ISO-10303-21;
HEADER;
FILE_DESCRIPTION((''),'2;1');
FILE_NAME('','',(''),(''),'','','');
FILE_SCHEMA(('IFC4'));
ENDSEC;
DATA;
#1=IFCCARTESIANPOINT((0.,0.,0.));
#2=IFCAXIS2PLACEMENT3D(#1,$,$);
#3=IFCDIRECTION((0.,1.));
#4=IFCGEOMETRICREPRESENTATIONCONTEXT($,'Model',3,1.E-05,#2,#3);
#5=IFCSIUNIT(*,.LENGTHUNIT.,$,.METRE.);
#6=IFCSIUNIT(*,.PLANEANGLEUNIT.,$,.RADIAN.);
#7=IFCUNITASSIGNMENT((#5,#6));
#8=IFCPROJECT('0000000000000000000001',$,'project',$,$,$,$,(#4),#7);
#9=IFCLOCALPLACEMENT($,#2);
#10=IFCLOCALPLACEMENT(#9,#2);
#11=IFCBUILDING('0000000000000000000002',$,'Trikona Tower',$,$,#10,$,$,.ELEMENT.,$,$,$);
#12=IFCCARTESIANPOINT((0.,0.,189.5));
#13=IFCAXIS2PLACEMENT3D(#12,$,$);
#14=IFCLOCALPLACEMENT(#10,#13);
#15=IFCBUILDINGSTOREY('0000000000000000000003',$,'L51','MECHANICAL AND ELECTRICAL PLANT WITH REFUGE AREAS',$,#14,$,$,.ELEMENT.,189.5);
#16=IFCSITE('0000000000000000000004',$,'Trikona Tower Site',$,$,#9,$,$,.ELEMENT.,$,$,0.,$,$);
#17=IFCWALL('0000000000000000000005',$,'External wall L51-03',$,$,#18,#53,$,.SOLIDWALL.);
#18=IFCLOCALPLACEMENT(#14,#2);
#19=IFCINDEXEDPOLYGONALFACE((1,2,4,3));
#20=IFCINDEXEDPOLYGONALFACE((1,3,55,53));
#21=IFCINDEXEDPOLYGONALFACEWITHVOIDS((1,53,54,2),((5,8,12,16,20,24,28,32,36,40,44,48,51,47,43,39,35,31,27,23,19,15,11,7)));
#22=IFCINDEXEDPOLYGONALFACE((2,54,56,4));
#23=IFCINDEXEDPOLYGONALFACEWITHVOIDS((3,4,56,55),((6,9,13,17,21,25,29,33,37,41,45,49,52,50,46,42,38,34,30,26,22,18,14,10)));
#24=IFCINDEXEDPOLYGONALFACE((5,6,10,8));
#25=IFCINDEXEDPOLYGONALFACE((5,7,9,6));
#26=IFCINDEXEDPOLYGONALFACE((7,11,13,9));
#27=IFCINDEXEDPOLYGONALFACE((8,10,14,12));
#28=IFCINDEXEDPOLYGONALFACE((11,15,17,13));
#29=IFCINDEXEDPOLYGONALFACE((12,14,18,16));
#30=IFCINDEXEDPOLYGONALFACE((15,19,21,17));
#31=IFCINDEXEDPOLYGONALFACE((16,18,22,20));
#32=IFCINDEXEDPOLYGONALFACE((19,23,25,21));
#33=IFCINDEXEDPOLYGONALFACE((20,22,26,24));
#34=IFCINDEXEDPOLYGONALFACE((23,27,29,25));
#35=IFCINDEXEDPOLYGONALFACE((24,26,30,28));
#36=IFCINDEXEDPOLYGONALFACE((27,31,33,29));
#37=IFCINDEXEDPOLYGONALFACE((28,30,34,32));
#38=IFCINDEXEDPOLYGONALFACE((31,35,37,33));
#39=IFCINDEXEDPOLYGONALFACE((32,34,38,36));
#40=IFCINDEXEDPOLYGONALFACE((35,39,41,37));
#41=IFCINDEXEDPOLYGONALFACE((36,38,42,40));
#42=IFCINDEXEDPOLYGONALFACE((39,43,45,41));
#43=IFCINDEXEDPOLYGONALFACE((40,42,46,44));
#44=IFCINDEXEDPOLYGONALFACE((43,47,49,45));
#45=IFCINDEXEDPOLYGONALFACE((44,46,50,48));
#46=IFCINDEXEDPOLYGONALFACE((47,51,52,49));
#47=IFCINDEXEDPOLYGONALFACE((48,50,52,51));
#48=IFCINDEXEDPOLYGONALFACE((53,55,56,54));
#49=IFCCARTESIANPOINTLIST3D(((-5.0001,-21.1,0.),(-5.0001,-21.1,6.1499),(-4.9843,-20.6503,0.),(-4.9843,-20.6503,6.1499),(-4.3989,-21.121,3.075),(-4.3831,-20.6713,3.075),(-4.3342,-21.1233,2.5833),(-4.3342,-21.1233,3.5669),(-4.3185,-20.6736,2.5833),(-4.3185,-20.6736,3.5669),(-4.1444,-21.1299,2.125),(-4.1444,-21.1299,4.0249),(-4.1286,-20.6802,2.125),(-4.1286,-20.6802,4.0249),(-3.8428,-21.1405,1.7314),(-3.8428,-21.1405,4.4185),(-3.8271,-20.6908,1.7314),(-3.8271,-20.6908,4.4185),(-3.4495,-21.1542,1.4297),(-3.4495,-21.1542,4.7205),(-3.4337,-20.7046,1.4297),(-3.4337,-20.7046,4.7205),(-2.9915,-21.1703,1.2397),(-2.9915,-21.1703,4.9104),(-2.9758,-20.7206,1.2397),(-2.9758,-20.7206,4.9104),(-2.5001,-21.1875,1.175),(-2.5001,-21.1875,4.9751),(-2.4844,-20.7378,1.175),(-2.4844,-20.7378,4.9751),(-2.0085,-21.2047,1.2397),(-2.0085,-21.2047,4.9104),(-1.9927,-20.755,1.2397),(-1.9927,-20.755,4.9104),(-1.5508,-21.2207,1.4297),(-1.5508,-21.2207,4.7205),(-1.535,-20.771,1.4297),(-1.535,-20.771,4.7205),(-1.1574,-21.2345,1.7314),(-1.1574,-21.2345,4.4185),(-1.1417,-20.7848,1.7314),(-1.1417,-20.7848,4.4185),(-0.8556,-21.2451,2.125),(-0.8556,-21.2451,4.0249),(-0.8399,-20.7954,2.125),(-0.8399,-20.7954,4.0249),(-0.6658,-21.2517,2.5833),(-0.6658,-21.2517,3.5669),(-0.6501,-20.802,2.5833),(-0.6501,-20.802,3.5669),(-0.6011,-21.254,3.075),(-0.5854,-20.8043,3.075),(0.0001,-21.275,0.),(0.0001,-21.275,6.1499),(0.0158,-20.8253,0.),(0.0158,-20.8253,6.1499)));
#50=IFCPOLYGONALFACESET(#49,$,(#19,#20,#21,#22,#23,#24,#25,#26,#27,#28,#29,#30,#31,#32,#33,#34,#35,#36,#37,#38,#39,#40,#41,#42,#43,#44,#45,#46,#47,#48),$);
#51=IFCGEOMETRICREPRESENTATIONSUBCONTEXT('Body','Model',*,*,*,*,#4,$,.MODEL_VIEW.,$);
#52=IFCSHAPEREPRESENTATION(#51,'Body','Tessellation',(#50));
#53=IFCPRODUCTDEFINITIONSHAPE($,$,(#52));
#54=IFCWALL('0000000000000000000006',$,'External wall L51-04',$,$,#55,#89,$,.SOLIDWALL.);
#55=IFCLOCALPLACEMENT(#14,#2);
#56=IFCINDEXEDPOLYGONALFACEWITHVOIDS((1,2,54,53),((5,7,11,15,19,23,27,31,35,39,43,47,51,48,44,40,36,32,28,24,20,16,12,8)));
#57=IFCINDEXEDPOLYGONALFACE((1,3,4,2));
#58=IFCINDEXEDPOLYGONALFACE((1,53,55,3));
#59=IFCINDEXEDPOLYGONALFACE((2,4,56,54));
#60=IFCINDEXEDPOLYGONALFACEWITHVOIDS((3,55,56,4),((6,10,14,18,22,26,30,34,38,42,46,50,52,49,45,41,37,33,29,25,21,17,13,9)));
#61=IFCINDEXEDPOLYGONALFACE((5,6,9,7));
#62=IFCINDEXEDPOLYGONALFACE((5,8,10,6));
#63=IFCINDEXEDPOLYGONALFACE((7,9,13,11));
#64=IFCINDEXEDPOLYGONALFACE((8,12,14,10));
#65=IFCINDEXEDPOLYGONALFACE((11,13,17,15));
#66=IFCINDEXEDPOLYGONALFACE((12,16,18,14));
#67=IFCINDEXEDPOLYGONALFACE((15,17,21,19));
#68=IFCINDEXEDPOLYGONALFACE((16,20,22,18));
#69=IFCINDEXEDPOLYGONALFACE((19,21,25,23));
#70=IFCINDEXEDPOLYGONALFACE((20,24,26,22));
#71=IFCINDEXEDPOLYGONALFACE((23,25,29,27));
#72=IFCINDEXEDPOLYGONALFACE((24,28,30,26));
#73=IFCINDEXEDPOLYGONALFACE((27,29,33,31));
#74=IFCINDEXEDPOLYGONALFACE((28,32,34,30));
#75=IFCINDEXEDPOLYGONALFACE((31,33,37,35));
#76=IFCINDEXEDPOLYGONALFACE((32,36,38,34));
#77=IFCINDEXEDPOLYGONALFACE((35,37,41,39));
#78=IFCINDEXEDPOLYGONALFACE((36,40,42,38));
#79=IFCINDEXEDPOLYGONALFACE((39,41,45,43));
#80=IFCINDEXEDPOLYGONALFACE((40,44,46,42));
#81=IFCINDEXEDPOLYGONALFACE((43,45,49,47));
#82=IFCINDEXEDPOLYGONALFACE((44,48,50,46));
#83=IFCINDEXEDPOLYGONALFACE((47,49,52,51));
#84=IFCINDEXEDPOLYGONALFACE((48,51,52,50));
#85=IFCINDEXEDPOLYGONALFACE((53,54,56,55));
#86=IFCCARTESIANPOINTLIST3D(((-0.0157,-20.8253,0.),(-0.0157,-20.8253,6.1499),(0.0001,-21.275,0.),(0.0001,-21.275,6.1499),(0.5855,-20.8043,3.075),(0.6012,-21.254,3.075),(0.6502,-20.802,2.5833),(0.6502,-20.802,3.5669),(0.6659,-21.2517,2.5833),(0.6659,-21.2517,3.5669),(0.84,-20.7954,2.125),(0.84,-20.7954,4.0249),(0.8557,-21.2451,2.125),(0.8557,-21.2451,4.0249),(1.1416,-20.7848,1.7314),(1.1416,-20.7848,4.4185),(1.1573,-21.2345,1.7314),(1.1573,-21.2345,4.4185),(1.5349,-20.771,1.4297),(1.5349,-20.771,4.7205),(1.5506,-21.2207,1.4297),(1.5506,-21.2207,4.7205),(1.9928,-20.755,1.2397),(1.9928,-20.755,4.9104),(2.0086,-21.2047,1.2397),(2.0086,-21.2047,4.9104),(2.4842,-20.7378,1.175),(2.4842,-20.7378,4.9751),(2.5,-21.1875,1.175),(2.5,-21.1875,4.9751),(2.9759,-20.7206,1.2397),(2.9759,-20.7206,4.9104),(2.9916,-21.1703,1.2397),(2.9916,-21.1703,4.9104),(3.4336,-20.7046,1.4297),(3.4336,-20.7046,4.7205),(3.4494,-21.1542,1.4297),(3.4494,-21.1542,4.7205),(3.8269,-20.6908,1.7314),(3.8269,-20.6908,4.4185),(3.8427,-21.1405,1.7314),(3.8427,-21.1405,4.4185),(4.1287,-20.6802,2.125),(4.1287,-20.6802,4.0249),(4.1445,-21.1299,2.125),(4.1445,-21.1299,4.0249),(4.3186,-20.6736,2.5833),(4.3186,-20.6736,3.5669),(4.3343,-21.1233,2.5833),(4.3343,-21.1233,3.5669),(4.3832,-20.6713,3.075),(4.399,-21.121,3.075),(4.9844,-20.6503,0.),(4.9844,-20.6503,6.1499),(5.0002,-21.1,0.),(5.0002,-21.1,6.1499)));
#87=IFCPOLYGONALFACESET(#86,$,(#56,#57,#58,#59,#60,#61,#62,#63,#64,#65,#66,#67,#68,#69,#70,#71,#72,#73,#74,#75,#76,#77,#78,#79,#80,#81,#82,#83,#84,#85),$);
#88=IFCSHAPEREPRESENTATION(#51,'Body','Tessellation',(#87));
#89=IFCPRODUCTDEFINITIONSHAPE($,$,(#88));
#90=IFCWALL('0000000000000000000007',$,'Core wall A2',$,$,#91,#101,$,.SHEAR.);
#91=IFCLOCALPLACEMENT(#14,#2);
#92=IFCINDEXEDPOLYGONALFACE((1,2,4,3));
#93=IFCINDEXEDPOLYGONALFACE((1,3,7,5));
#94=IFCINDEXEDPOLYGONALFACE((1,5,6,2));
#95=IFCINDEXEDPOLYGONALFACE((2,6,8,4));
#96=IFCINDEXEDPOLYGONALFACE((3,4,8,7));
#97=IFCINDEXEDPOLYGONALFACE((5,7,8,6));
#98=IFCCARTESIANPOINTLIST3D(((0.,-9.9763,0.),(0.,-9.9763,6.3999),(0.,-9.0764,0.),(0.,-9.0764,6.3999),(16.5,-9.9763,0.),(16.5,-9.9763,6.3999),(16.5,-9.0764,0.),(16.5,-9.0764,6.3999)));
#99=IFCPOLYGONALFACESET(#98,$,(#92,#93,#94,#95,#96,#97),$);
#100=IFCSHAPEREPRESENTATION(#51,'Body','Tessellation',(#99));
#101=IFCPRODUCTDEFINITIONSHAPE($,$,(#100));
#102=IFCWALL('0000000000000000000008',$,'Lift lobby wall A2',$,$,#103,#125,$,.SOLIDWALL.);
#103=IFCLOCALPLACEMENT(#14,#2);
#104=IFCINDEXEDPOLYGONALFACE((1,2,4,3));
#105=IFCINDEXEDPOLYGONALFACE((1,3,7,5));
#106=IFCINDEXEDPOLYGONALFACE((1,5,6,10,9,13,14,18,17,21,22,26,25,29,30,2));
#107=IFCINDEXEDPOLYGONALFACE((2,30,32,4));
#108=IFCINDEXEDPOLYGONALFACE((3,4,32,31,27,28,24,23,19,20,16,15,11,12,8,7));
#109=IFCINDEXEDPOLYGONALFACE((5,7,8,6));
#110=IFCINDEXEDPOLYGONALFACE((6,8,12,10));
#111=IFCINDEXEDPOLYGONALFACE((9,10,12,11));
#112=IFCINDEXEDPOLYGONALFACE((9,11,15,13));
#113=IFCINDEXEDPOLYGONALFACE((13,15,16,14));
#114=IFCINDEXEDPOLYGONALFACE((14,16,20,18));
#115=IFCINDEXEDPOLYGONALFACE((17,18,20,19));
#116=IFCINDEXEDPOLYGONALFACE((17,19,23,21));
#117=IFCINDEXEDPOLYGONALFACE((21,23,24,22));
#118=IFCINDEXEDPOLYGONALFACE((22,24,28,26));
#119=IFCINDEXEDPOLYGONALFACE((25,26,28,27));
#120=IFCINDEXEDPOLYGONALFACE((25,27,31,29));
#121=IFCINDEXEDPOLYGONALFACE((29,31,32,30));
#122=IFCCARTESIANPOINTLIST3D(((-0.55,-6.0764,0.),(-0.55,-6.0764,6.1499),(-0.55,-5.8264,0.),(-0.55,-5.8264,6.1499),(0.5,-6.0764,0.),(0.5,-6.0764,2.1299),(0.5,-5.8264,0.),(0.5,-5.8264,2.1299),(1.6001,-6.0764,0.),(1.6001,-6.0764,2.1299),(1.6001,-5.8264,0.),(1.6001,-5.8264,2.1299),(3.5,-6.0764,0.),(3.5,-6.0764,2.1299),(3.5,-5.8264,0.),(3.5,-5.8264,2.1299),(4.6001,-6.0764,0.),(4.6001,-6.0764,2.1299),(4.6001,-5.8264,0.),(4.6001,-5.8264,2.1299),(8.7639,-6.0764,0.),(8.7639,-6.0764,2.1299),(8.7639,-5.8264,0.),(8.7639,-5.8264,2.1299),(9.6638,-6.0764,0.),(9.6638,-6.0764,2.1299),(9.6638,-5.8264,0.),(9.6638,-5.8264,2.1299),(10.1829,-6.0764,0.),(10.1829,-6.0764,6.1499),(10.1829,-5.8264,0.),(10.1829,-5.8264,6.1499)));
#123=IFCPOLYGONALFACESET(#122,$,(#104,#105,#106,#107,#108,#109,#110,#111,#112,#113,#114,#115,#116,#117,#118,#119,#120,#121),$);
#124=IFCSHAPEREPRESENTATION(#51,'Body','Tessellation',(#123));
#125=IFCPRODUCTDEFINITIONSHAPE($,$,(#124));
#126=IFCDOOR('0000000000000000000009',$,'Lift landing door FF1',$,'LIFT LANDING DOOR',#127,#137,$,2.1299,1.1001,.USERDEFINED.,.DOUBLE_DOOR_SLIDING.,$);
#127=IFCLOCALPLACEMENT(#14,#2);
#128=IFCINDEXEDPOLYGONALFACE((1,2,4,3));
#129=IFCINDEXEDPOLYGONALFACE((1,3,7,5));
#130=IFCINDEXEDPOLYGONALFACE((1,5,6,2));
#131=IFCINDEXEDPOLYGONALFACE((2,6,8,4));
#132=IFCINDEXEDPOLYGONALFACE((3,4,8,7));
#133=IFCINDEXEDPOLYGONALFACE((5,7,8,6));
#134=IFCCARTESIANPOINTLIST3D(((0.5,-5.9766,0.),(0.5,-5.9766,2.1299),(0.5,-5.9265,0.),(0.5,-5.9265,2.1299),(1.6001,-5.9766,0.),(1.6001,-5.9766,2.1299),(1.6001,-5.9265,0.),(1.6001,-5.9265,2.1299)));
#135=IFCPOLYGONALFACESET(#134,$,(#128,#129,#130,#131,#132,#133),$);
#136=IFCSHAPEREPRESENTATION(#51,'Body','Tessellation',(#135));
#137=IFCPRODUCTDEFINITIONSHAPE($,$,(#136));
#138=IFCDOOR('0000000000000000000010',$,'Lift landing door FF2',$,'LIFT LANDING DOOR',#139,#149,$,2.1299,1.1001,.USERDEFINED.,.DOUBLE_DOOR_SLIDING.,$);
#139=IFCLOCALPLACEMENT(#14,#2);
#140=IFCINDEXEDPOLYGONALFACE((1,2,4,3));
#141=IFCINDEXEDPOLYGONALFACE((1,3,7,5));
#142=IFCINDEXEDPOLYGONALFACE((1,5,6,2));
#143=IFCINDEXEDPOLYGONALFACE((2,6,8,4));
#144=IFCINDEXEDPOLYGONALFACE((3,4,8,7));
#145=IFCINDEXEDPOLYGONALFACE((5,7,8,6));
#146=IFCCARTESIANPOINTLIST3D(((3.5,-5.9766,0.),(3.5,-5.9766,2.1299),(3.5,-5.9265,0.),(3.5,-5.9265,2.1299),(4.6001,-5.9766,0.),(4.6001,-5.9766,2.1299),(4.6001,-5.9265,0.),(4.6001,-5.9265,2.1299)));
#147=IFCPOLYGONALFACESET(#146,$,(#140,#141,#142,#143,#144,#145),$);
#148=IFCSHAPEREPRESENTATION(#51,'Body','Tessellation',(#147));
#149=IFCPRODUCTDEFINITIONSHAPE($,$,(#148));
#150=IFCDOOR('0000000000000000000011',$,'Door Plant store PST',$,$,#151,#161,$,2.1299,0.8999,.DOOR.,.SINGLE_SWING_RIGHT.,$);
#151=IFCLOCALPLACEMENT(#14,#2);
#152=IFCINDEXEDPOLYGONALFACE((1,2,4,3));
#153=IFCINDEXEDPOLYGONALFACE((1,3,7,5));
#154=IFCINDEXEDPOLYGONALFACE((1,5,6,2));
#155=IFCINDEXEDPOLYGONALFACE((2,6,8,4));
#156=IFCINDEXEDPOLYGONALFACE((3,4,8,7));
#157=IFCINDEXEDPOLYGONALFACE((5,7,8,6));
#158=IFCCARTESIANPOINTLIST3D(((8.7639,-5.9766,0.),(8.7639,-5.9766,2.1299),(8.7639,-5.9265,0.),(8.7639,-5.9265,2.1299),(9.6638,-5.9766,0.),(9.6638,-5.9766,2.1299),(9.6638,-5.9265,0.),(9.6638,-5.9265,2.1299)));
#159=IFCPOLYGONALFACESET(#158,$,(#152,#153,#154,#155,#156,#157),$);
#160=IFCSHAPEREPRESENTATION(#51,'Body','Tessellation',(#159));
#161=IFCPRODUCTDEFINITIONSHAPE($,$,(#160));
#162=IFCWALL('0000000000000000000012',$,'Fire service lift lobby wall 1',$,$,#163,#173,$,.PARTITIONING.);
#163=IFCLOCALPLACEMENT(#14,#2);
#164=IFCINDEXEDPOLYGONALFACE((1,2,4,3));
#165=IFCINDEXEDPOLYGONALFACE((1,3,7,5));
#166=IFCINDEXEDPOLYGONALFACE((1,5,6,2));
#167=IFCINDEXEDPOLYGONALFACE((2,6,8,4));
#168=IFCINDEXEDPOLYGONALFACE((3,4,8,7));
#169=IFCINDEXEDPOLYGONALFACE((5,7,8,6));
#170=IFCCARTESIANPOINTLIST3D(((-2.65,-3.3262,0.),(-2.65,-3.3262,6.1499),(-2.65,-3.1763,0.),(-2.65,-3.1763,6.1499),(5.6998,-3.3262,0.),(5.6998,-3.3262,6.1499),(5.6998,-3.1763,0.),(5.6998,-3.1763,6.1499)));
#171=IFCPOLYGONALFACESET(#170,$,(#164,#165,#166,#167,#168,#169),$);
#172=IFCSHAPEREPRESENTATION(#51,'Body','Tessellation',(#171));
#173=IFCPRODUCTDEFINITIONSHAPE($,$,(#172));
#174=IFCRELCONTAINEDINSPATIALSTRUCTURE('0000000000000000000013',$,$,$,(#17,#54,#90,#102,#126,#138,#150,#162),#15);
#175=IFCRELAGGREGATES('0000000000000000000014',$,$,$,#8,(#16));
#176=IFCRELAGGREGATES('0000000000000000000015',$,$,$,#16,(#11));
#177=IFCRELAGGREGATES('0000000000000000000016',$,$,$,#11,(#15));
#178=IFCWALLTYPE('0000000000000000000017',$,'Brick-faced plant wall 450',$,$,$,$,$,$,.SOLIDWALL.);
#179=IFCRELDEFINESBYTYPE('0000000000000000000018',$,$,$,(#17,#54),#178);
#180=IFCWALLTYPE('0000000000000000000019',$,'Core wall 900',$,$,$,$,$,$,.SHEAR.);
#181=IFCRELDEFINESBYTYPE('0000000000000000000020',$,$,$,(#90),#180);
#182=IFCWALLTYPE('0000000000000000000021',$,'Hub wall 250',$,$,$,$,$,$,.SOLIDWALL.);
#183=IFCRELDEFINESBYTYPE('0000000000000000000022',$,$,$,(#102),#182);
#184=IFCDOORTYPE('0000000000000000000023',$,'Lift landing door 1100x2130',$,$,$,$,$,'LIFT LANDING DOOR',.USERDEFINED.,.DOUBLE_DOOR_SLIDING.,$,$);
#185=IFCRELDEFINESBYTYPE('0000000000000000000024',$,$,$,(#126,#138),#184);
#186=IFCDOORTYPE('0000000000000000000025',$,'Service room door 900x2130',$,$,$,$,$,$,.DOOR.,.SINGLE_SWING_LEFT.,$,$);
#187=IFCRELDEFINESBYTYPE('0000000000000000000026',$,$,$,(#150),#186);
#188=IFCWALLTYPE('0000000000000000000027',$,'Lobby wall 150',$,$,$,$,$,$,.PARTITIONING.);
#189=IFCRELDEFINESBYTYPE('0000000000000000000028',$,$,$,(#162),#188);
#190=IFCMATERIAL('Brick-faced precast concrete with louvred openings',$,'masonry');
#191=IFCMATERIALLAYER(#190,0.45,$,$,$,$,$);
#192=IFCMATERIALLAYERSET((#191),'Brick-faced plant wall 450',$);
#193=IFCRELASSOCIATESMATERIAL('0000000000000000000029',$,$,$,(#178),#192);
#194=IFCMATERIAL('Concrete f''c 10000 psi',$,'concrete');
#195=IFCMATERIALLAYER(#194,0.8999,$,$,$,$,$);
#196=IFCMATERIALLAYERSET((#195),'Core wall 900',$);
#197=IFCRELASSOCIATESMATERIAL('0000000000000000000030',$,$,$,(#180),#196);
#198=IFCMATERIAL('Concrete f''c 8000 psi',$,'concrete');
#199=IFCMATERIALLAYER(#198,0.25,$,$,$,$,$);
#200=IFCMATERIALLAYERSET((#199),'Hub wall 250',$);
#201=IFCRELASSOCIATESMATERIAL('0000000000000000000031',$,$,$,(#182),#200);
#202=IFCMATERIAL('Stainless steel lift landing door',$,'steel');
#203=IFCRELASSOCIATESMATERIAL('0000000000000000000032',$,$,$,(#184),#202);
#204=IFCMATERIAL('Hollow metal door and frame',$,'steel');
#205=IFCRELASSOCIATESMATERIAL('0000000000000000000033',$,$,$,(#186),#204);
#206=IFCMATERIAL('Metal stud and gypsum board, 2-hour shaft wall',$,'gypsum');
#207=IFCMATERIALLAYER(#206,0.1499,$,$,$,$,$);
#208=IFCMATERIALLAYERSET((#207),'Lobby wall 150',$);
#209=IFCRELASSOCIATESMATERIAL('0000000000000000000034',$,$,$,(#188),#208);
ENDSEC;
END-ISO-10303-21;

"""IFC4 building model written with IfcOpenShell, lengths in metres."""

from ifc_helpers import new_model, si_unit, direction, frame, frame_2d, origin, place, context, subcontext, project, spatial, polyline, rectangle, outline, extrude, material, layer, layer_set, type_object, element, fill, save


model = new_model("IFC4")

# Units and contexts
model_context = context("Model", 3, precision=1e-05, world=origin(), true_north=direction((0.0, 1.0)))
body_context = subcontext(model_context, "Body", "Model", "MODEL_VIEW")
ifc_project = project(units=[si_unit("LENGTHUNIT", "METRE"), si_unit("PLANEANGLEUNIT", "RADIAN")], contexts=[model_context])

# Site, building, storey
site_placement = place(None, origin())
site = spatial("IfcSite", under=ifc_project, at=site_placement, Name="Trikona Tower Site", CompositionType="ELEMENT", RefElevation=0.0)
building_placement = place(site_placement, origin())
building = spatial("IfcBuilding", under=site, at=building_placement, Name="Trikona Tower", CompositionType="ELEMENT")
storey_placement = place(building_placement, frame((0.0, 0.0, 189.5)))
storey = spatial("IfcBuildingStorey", under=building, at=storey_placement, Name="L51", Description="MECHANICAL AND ELECTRICAL PLANT WITH REFUGE AREAS", CompositionType="ELEMENT", Elevation=189.5)

# Walls
ifc_material_1 = material(Name="Brick-faced precast concrete with louvred openings", Category="masonry")
ifc_layer_1 = layer(ifc_material_1, 0.45)
ifc_layer_set_1 = layer_set([ifc_layer_1], Name="Brick-faced plant wall 450")
wall_type_1 = type_object("IfcWallType", Name="Brick-faced plant wall 450", PredefinedType="SOLIDWALL", material=ifc_layer_set_1)
for number, where, z_axis, x_axis, name in (
    (1, (-4.9922, -20.8752, 0.0), (0.0, 0.0, 1.0), (0.999388, -0.034988, 0.0), "External wall L51-03"),
    (2, (-0.0078, -21.0503, 0.0), (0.0, 0.0, 1.0), (0.999388, 0.034988, 0.0), "External wall L51-04"),
):
    element("IfcWall", number, at=place(storey_placement, frame(where, z_axis=z_axis, x_axis=x_axis)), inside=storey, type_object=wall_type_1, Name=name, PredefinedType="SOLIDWALL", context=body_context, shape_type="SweptSolid", body=[
        extrude(outline(polyline([(0.0, 0.0), (5.0032, 0.0), (5.0032, 6.1499), (0.0, 6.1499), (0.0, 0.0)]), holes=[polyline([(4.4016, 3.075), (4.3369, 3.5669), (4.147, 4.0249), (3.845, 4.4185), (3.4514, 4.7205), (2.9934, 4.9104), (2.5015, 4.9751), (2.0098, 4.9104), (1.5515, 4.7205), (1.158, 4.4185), (0.8562, 4.0249), (0.6663, 3.5669), (0.6016, 3.075), (0.6663, 2.5833), (0.8562, 2.125), (1.158, 1.7314), (1.5515, 1.4297), (2.0098, 1.2397), (2.5015, 1.175), (2.9934, 1.2397), (3.4514, 1.4297), (3.845, 1.7314), (4.147, 2.125), (4.3369, 2.5833), (4.4016, 3.075)])]), frame((0.0, 0.2251, 0.0), z_axis=(0.0, -1.0, 0.0), x_axis=(1.0, 0.0, 0.0)), (0.0, 0.0, 1.0), 0.45),
    ])
ifc_material_2 = material(Name="Concrete f'c 10000 psi", Category="concrete")
ifc_layer_2 = layer(ifc_material_2, 0.8999)
ifc_layer_set_2 = layer_set([ifc_layer_2], Name="Core wall 900")
wall_type_2 = type_object("IfcWallType", Name="Core wall 900", PredefinedType="SHEAR", material=ifc_layer_set_2)
wall_1_placement = place(storey_placement, frame((0.0, -9.5264, 0.0), z_axis=(0.0, 0.0, 1.0), x_axis=(1.0, 0.0, 0.0)))
element("IfcWall", 3, at=wall_1_placement, inside=storey, type_object=wall_type_2, Name="Core wall A2", PredefinedType="SHEAR", context=body_context, shape_type="SweptSolid", body=[
    extrude(rectangle(XDim=16.5, YDim=0.8999, at=frame_2d((8.25, 0.0))), origin(), (0.0, 0.0, 1.0), 6.3999),
])

# Wall, openings, doors
ifc_material_3 = material(Name="Concrete f'c 8000 psi", Category="concrete")
ifc_layer_3 = layer(ifc_material_3, 0.25)
ifc_layer_set_3 = layer_set([ifc_layer_3], Name="Hub wall 250")
wall_type_3 = type_object("IfcWallType", Name="Hub wall 250", PredefinedType="SOLIDWALL", material=ifc_layer_set_3)
wall_2_placement = place(storey_placement, frame((-0.55, -5.9514, 0.0), z_axis=(0.0, 0.0, 1.0), x_axis=(1.0, 0.0, 0.0)))
wall_2 = element("IfcWall", 4, at=wall_2_placement, inside=storey, type_object=wall_type_3, Name="Lift lobby wall A2", PredefinedType="SOLIDWALL", context=body_context, shape_type="SweptSolid", body=[
    extrude(rectangle(XDim=10.7329, YDim=0.25, at=frame_2d((5.3665, 0.0))), origin(), (0.0, 0.0, 1.0), 6.1499),
])
opening_1_placement = place(wall_2_placement, frame((9.314, 0.0, 0.0)))
opening_1 = element("IfcOpeningElement", 5, at=opening_1_placement, cuts=wall_2, PredefinedType="OPENING", context=body_context, shape_type="SweptSolid", body=[
    extrude(rectangle(XDim=0.8999, YDim=2.1299, at=frame_2d((0.45, 1.0649))), frame((0.0, 0.135, 0.0), z_axis=(0.0, -1.0, 0.0), x_axis=(1.0, 0.0, 0.0)), (0.0, 0.0, 1.0), 0.27),
])
opening_2_placement = place(wall_2_placement, frame((1.05, 0.0, 0.0)))
opening_2 = element("IfcOpeningElement", 6, at=opening_2_placement, cuts=wall_2, PredefinedType="OPENING", context=body_context, shape_type="SweptSolid", body=[
    extrude(rectangle(XDim=1.1001, YDim=2.1299, at=frame_2d((0.55, 1.0649))), frame((0.0, 0.135, 0.0), z_axis=(0.0, -1.0, 0.0), x_axis=(1.0, 0.0, 0.0)), (0.0, 0.0, 1.0), 0.27),
])
opening_3_placement = place(wall_2_placement, frame((4.05, 0.0, 0.0)))
opening_3 = element("IfcOpeningElement", 7, at=opening_3_placement, cuts=wall_2, PredefinedType="OPENING", context=body_context, shape_type="SweptSolid", body=[
    extrude(rectangle(XDim=1.1001, YDim=2.1299, at=frame_2d((0.55, 1.0649))), frame((0.0, 0.135, 0.0), z_axis=(0.0, -1.0, 0.0), x_axis=(1.0, 0.0, 0.0)), (0.0, 0.0, 1.0), 0.27),
])
ifc_material_4 = material(Name="Stainless steel lift landing door", Category="steel")
door_type_1 = type_object("IfcDoorType", Name="Lift landing door 1100x2130", ElementType="LIFT LANDING DOOR", OperationType="DOUBLE_DOOR_SLIDING", PredefinedType="USERDEFINED", material=ifc_material_4)
door_1_placement = place(opening_2_placement, origin())
door_1 = element("IfcDoor", 8, at=door_1_placement, inside=storey, type_object=door_type_1, Name="Lift landing door FF1", ObjectType="LIFT LANDING DOOR", OperationType="DOUBLE_DOOR_SLIDING", OverallHeight=2.1299, OverallWidth=1.1001, PredefinedType="USERDEFINED", context=body_context, shape_type="SweptSolid", body=[
    extrude(rectangle(XDim=1.1001, YDim=2.1299, at=frame_2d((0.55, 1.0649))), frame((0.0, 0.0249, 0.0), z_axis=(0.0, -1.0, 0.0), x_axis=(1.0, 0.0, 0.0)), (0.0, 0.0, 1.0), 0.05),
])
fill(opening_2, door_1)
door_2_placement = place(opening_3_placement, origin())
door_2 = element("IfcDoor", 9, at=door_2_placement, inside=storey, type_object=door_type_1, Name="Lift landing door FF2", ObjectType="LIFT LANDING DOOR", OperationType="DOUBLE_DOOR_SLIDING", OverallHeight=2.1299, OverallWidth=1.1001, PredefinedType="USERDEFINED", context=body_context, shape_type="SweptSolid", body=[
    extrude(rectangle(XDim=1.1001, YDim=2.1299, at=frame_2d((0.55, 1.0649))), frame((0.0, 0.0249, 0.0), z_axis=(0.0, -1.0, 0.0), x_axis=(1.0, 0.0, 0.0)), (0.0, 0.0, 1.0), 0.05),
])
fill(opening_3, door_2)
ifc_material_5 = material(Name="Hollow metal door and frame", Category="steel")
door_type_2 = type_object("IfcDoorType", Name="Service room door 900x2130", OperationType="SINGLE_SWING_LEFT", PredefinedType="DOOR", material=ifc_material_5)
door_3_placement = place(opening_1_placement, origin())
door_3 = element("IfcDoor", 10, at=door_3_placement, inside=storey, type_object=door_type_2, Name="Door Plant store PST", OperationType="SINGLE_SWING_RIGHT", OverallHeight=2.1299, OverallWidth=0.8999, PredefinedType="DOOR", context=body_context, shape_type="SweptSolid", body=[
    extrude(rectangle(XDim=0.8999, YDim=2.1299, at=frame_2d((0.45, 1.0649))), frame((0.0, 0.0249, 0.0), z_axis=(0.0, -1.0, 0.0), x_axis=(1.0, 0.0, 0.0)), (0.0, 0.0, 1.0), 0.05),
])
fill(opening_1, door_3)

# Wall
ifc_material_6 = material(Name="Metal stud and gypsum board, 2-hour shaft wall", Category="gypsum")
ifc_layer_4 = layer(ifc_material_6, 0.1499)
ifc_layer_set_4 = layer_set([ifc_layer_4], Name="Lobby wall 150")
wall_type_4 = type_object("IfcWallType", Name="Lobby wall 150", PredefinedType="PARTITIONING", material=ifc_layer_set_4)
wall_3_placement = place(storey_placement, frame((-2.6499, -3.2512, 0.0), z_axis=(0.0, 0.0, 1.0), x_axis=(1.0, 0.0, 0.0)))
element("IfcWall", 11, at=wall_3_placement, inside=storey, type_object=wall_type_4, Name="Fire service lift lobby wall 1", PredefinedType="PARTITIONING", context=body_context, shape_type="SweptSolid", body=[
    extrude(rectangle(XDim=8.3499, YDim=0.1499, at=frame_2d((4.1748, 0.0))), origin(), (0.0, 0.0, 1.0), 6.1499),
])

save(model, "model.ifc")
